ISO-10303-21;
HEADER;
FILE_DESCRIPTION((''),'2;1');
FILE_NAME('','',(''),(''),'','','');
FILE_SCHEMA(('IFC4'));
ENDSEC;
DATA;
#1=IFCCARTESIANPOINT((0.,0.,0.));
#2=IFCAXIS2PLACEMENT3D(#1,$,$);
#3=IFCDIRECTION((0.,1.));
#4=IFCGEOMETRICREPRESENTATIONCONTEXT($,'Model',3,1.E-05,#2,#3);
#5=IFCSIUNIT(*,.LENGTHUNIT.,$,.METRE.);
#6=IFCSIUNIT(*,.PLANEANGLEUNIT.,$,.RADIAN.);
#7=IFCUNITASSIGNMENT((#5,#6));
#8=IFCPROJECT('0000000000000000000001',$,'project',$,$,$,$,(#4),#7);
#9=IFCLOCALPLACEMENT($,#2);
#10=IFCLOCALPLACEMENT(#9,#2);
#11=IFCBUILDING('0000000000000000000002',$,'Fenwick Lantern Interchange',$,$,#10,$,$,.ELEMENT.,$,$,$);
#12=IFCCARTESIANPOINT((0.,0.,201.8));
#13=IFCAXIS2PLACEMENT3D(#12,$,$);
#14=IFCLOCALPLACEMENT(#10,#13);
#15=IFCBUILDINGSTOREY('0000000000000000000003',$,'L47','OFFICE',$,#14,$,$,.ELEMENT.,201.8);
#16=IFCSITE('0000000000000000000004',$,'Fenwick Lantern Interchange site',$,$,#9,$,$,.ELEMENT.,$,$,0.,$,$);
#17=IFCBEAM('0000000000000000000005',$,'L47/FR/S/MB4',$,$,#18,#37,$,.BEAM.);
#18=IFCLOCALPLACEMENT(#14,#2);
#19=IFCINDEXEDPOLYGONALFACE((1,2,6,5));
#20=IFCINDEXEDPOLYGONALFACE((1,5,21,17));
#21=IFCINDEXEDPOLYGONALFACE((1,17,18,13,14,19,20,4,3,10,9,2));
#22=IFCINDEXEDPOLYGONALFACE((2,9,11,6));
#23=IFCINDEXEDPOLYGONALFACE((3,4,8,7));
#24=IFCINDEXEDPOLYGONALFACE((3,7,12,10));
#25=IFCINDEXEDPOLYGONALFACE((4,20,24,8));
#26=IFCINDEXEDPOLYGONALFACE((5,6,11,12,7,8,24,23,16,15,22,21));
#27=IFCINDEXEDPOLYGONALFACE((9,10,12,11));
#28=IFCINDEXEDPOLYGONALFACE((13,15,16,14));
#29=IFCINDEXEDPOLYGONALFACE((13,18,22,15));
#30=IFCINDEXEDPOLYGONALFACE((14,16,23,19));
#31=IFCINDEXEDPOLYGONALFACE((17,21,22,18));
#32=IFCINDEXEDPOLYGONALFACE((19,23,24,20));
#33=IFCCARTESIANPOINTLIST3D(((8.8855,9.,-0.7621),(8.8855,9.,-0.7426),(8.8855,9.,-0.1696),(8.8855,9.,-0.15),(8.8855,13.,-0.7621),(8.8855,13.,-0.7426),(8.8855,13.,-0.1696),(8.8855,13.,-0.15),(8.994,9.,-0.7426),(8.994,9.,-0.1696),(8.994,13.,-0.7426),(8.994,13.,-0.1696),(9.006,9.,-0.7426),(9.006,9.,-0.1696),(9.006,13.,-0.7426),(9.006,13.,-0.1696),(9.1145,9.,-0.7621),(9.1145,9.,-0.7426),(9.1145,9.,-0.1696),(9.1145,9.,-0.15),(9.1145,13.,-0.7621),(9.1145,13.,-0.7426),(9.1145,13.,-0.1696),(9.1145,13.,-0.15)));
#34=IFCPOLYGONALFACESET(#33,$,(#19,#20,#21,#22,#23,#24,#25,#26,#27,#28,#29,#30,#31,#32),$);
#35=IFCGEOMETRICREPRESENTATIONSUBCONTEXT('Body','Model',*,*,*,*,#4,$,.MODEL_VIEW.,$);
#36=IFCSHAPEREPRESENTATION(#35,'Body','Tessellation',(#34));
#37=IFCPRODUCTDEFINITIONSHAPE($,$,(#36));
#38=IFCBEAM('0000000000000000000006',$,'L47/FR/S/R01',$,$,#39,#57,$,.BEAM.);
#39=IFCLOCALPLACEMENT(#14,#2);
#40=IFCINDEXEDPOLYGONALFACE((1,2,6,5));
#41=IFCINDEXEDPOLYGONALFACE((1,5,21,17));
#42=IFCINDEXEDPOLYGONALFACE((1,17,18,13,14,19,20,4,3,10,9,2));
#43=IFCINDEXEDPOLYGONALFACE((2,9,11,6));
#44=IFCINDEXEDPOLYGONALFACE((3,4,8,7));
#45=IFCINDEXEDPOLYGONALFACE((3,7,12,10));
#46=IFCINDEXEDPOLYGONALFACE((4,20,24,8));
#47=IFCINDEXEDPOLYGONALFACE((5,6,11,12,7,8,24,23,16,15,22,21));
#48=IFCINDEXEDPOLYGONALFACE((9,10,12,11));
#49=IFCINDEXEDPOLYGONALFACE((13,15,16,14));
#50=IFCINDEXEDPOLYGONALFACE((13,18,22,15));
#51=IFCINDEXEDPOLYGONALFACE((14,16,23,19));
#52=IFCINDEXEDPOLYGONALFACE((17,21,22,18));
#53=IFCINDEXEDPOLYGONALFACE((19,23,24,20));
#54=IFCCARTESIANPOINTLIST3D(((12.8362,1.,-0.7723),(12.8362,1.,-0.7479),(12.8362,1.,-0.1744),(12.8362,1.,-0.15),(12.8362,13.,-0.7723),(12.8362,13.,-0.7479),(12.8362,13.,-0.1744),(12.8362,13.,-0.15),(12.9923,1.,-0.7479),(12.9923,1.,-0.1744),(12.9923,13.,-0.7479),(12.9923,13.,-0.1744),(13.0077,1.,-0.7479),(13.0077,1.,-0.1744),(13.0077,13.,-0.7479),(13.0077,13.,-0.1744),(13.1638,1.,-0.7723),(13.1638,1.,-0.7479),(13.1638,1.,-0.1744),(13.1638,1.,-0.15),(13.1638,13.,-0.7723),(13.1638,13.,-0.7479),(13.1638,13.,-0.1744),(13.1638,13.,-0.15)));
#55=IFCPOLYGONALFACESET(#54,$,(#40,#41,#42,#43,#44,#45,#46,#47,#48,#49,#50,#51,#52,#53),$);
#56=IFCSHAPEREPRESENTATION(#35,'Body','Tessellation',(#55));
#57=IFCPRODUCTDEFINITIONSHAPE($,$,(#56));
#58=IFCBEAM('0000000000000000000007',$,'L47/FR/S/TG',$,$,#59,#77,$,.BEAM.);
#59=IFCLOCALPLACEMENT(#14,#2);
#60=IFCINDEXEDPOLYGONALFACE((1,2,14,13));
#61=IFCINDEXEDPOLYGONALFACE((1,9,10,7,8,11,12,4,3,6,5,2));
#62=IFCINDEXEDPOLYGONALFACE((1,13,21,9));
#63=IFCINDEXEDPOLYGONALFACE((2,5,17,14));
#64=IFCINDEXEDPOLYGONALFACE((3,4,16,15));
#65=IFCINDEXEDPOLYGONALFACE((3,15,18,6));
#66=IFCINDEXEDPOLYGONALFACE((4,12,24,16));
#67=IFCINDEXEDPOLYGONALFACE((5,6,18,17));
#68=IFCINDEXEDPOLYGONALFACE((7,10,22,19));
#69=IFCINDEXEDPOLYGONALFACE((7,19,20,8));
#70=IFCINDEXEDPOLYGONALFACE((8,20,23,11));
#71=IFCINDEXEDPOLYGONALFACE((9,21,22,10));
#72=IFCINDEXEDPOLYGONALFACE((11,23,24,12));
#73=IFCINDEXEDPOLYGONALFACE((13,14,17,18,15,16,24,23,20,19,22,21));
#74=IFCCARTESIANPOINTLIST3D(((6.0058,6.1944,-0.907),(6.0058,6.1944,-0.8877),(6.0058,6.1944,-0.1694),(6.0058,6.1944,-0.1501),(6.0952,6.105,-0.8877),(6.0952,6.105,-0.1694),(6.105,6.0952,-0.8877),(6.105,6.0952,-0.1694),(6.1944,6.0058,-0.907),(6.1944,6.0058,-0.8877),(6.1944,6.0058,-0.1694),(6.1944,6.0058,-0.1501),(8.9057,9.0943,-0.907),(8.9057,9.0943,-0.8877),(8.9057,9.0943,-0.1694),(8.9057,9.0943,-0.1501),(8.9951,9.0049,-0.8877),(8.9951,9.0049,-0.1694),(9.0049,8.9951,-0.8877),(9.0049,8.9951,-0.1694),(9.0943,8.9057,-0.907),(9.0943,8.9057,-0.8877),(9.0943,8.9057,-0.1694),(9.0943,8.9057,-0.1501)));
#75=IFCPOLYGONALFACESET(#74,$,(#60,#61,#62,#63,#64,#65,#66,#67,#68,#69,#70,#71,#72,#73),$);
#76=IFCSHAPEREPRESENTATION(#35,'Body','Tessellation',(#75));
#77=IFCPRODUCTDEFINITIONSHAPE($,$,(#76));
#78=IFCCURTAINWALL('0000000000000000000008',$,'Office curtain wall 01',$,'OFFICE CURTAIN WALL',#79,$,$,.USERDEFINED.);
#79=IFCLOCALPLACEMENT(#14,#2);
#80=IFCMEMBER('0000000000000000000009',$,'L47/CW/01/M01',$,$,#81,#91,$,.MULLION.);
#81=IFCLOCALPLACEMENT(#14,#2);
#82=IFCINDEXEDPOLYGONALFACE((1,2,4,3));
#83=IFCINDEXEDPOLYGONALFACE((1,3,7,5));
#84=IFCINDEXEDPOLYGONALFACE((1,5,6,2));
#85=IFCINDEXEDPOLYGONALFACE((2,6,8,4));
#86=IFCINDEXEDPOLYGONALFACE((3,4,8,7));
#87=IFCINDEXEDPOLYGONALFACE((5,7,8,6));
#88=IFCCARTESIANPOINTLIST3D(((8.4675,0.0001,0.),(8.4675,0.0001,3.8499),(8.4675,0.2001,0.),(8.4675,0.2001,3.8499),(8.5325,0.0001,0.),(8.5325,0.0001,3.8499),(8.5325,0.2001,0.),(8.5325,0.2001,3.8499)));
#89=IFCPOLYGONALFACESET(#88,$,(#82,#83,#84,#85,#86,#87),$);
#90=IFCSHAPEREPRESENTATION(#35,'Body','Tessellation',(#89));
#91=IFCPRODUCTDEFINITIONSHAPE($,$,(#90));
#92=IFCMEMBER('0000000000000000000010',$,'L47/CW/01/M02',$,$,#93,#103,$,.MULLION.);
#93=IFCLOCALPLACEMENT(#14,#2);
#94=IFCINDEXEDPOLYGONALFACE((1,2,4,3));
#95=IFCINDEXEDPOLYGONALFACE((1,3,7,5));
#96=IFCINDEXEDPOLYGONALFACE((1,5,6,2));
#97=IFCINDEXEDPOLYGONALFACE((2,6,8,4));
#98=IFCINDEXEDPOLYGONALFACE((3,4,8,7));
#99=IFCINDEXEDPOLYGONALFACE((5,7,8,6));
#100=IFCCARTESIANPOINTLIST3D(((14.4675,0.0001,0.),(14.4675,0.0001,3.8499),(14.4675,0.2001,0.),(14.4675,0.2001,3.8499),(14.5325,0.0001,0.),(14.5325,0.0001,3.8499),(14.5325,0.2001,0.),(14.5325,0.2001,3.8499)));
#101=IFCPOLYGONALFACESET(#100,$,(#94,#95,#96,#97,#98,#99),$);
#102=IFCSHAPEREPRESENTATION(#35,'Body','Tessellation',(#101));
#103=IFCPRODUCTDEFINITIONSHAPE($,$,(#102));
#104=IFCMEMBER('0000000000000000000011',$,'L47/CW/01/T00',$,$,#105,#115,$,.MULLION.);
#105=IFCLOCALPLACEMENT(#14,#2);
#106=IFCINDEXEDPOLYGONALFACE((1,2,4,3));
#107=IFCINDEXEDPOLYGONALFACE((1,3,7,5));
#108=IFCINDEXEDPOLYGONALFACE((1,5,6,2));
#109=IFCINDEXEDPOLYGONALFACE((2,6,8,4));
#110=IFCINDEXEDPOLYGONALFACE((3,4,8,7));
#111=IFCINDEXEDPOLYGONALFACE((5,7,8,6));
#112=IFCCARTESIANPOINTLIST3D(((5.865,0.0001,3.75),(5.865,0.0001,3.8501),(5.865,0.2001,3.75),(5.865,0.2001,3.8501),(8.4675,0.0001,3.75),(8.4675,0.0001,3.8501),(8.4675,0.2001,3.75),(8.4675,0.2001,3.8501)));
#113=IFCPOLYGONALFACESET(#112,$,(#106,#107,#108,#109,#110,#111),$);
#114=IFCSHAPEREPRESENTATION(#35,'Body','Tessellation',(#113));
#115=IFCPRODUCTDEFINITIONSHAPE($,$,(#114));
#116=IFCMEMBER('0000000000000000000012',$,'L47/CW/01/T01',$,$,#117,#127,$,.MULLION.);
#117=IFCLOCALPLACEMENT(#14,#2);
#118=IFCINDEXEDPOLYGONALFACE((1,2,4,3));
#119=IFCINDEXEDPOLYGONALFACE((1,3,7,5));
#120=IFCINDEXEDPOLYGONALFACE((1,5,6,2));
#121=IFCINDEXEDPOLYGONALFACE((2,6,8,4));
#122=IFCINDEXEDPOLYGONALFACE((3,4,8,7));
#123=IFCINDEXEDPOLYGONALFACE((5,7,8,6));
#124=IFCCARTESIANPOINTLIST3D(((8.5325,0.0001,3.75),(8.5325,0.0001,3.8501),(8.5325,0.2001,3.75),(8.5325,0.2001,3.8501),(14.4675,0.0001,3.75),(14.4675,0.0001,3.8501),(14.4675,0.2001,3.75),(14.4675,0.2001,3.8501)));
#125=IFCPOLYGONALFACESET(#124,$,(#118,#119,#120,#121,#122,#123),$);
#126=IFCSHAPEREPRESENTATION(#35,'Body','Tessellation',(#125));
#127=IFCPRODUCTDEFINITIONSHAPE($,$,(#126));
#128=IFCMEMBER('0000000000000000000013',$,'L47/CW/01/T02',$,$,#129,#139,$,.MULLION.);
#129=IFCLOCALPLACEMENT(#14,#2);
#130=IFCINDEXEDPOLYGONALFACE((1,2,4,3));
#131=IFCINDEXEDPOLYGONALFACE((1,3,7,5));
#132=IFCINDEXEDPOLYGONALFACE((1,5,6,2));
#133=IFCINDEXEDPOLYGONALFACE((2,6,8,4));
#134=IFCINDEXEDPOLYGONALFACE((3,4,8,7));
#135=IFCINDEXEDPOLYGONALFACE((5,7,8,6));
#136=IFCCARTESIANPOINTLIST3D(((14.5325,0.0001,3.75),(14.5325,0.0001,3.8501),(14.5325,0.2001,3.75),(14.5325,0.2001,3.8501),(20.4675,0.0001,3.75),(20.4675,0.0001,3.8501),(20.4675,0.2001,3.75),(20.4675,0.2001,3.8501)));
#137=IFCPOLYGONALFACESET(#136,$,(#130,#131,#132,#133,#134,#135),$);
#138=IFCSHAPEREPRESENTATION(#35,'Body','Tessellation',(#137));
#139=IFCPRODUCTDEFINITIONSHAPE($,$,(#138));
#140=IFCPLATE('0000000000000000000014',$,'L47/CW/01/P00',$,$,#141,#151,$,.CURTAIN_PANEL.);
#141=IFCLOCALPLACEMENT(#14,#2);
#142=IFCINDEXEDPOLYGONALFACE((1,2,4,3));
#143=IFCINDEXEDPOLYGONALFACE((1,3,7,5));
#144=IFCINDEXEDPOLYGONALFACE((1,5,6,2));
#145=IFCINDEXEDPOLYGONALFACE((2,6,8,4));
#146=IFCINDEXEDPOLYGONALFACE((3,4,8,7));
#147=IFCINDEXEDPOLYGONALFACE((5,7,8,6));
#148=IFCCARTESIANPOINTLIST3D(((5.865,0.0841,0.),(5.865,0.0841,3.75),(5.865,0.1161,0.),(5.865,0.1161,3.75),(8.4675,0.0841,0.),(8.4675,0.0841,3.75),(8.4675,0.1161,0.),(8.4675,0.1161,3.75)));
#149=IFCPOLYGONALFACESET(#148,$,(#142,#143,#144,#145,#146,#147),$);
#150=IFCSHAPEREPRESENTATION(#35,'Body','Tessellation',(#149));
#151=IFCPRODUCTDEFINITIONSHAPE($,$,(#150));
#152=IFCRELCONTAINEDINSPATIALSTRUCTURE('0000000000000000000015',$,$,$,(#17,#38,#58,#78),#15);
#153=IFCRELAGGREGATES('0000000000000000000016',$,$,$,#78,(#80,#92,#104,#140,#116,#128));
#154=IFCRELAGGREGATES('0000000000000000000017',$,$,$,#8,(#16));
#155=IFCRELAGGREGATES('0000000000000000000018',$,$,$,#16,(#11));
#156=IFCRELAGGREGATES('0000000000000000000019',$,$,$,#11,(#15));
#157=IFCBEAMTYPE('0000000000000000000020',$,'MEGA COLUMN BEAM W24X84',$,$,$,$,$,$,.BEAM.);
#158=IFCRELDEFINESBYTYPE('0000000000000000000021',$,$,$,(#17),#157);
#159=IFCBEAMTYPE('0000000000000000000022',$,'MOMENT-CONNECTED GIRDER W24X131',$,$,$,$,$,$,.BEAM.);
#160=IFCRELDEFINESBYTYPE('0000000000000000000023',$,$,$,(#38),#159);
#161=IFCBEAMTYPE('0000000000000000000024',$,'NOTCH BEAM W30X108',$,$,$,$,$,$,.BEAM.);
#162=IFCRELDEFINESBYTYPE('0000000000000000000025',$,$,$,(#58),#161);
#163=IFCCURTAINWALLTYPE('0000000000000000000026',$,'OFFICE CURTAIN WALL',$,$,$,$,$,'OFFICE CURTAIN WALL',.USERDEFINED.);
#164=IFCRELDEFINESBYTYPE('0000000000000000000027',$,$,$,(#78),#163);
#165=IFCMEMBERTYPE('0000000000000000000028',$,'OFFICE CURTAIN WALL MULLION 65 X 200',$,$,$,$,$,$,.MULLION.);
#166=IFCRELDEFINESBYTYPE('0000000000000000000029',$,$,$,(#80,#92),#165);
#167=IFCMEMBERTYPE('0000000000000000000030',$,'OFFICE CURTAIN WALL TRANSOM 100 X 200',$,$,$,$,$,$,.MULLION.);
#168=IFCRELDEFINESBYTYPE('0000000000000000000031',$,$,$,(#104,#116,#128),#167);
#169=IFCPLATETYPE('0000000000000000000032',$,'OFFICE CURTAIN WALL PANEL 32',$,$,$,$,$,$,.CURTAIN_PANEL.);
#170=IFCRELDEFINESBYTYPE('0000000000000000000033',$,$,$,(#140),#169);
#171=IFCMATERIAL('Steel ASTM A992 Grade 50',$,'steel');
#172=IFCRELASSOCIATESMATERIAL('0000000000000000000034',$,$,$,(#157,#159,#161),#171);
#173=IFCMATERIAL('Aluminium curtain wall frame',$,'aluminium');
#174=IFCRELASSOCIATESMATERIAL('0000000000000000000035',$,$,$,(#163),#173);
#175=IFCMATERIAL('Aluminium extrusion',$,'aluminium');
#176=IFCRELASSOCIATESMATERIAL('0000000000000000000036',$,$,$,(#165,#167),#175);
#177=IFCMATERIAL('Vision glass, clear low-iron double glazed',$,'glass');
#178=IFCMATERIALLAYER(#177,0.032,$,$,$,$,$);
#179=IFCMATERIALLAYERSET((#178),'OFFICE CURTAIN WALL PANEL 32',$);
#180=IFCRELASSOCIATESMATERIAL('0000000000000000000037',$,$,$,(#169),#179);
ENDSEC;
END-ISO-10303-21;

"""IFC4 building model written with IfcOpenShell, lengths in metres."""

from ifc_helpers import new_model, si_unit, direction, frame, origin, origin_2d, place, context, subcontext, project, spatial, rectangle, i_section, extrude, material, layer, layer_set, material_profile, profile_set, type_object, element, aggregate, save


model = new_model("IFC4")

# Units and contexts
model_context = context("Model", 3, precision=1e-05, world=origin(), true_north=direction((0.0, 1.0)))
body_context = subcontext(model_context, "Body", "Model", "MODEL_VIEW")
ifc_project = project(units=[si_unit("LENGTHUNIT", "METRE"), si_unit("PLANEANGLEUNIT", "RADIAN")], contexts=[model_context])

# Site, building, storey
site_placement = place(None, origin())
site = spatial("IfcSite", under=ifc_project, at=site_placement, Name="Fenwick Lantern Interchange site", CompositionType="ELEMENT", RefElevation=0.0)
building_placement = place(site_placement, origin())
building = spatial("IfcBuilding", under=site, at=building_placement, Name="Fenwick Lantern Interchange", CompositionType="ELEMENT")
storey_placement = place(building_placement, frame((0.0, 0.0, 201.8)))
storey = spatial("IfcBuildingStorey", under=building, at=storey_placement, Name="L47", Description="OFFICE", CompositionType="ELEMENT", Elevation=201.8)

# Shared definitions
ifc_material_1 = material(Name="Steel ASTM A992 Grade 50", Category="steel")

# Beams
ifc_material_profile_1 = material_profile(ifc_material_1, i_section(OverallWidth=0.229, OverallDepth=0.6121, WebThickness=0.012, FlangeThickness=0.0195, at=origin_2d()), Name="W24X84")
ifc_profile_set_1 = profile_set([ifc_material_profile_1], Name="Steel ASTM A992 Grade 50")
beam_type_1 = type_object("IfcBeamType", Name="MEGA COLUMN BEAM W24X84", PredefinedType="BEAM", material=ifc_profile_set_1)
for number, where, z_axis, x_axis, name in (
    (1, (9.0, 9.0, -0.4561), (0.0, 1.0, 0.0), (-1.0, 0.0, 0.0), "L47/FR/S/MB4"),
):
    element("IfcBeam", number, at=place(storey_placement, frame(where, z_axis=z_axis, x_axis=x_axis)), inside=storey, type_object=beam_type_1, Name=name, PredefinedType="BEAM", context=body_context, shape_type="SweptSolid", body=[
        extrude(i_section(OverallWidth=0.229, OverallDepth=0.6121, WebThickness=0.012, FlangeThickness=0.0195, at=origin_2d()), origin(), (0.0, 0.0, 1.0), 4.0),
    ])
ifc_material_profile_2 = material_profile(ifc_material_1, i_section(OverallWidth=0.3276, OverallDepth=0.6223, WebThickness=0.0154, FlangeThickness=0.0244, at=origin_2d()), Name="W24X131")
ifc_profile_set_2 = profile_set([ifc_material_profile_2], Name="Steel ASTM A992 Grade 50")
beam_type_2 = type_object("IfcBeamType", Name="MOMENT-CONNECTED GIRDER W24X131", PredefinedType="BEAM", material=ifc_profile_set_2)
beam_1_placement = place(storey_placement, frame((13.0, 1.0, -0.4612), z_axis=(0.0, 1.0, 0.0), x_axis=(-1.0, 0.0, 0.0)))
element("IfcBeam", 2, at=beam_1_placement, inside=storey, type_object=beam_type_2, Name="L47/FR/S/R01", PredefinedType="BEAM", context=body_context, shape_type="SweptSolid", body=[
    extrude(i_section(OverallWidth=0.3276, OverallDepth=0.6223, WebThickness=0.0154, FlangeThickness=0.0244, at=origin_2d()), origin(), (0.0, 0.0, 1.0), 12.0),
])
ifc_material_profile_3 = material_profile(ifc_material_1, i_section(OverallWidth=0.2666, OverallDepth=0.7568, WebThickness=0.0139, FlangeThickness=0.0193, at=origin_2d()), Name="W30X108")
ifc_profile_set_3 = profile_set([ifc_material_profile_3], Name="Steel ASTM A992 Grade 50")
beam_type_3 = type_object("IfcBeamType", Name="NOTCH BEAM W30X108", PredefinedType="BEAM", material=ifc_profile_set_3)
beam_2_placement = place(storey_placement, frame((9.0, 9.0, -0.5286), z_axis=(-0.707107, -0.707107, 0.0), x_axis=(0.707107, -0.707107, 0.0)))
element("IfcBeam", 3, at=beam_2_placement, inside=storey, type_object=beam_type_3, Name="L47/FR/S/TG", PredefinedType="BEAM", context=body_context, shape_type="SweptSolid", body=[
    extrude(i_section(OverallWidth=0.2666, OverallDepth=0.7568, WebThickness=0.0139, FlangeThickness=0.0193, at=origin_2d()), origin(), (0.0, 0.0, 1.0), 4.1011),
])

# Curtain wall, members, plate
ifc_material_2 = material(Name="Aluminium curtain wall frame", Category="aluminium")
curtain_wall_type = type_object("IfcCurtainWallType", Name="OFFICE CURTAIN WALL", ElementType="OFFICE CURTAIN WALL", PredefinedType="USERDEFINED", material=ifc_material_2)
curtain_wall_placement = place(storey_placement, origin())
curtain_wall = element("IfcCurtainWall", 4, at=curtain_wall_placement, inside=storey, type_object=curtain_wall_type, Name="Office curtain wall 01", ObjectType="OFFICE CURTAIN WALL", PredefinedType="USERDEFINED")
ifc_material_3 = material(Name="Aluminium extrusion", Category="aluminium")
ifc_material_profile_4 = material_profile(ifc_material_3, rectangle(XDim=0.2, YDim=0.0649, at=origin_2d()), Name="OFFICE CURTAIN WALL MULLION 65 X 200")
ifc_profile_set_4 = profile_set([ifc_material_profile_4], Name="Aluminium extrusion")
member_type_1 = type_object("IfcMemberType", Name="OFFICE CURTAIN WALL MULLION 65 X 200", PredefinedType="MULLION", material=ifc_profile_set_4)
member_1_placement = place(storey_placement, frame((8.5, 0.1001, 0.0), z_axis=(0.0, 0.0, 1.0), x_axis=(0.0, 1.0, 0.0)))
member_1 = element("IfcMember", 5, at=member_1_placement, type_object=member_type_1, Name="L47/CW/01/M01", PredefinedType="MULLION", context=body_context, shape_type="SweptSolid", body=[
    extrude(rectangle(XDim=0.2, YDim=0.0649, at=origin_2d()), origin(), (0.0, 0.0, 1.0), 3.8499),
])
member_2_placement = place(storey_placement, frame((14.5, 0.1001, 0.0), z_axis=(0.0, 0.0, 1.0), x_axis=(0.0, 1.0, 0.0)))
member_2 = element("IfcMember", 6, at=member_2_placement, type_object=member_type_1, Name="L47/CW/01/M02", PredefinedType="MULLION", context=body_context, shape_type="SweptSolid", body=[
    extrude(rectangle(XDim=0.2, YDim=0.0649, at=origin_2d()), origin(), (0.0, 0.0, 1.0), 3.8499),
])
ifc_material_profile_5 = material_profile(ifc_material_3, rectangle(XDim=0.2, YDim=0.1001, at=origin_2d()), Name="OFFICE CURTAIN WALL TRANSOM 100 X 200")
ifc_profile_set_5 = profile_set([ifc_material_profile_5], Name="Aluminium extrusion")
member_type_2 = type_object("IfcMemberType", Name="OFFICE CURTAIN WALL TRANSOM 100 X 200", PredefinedType="MULLION", material=ifc_profile_set_5)
member_3_placement = place(storey_placement, frame((5.865, 0.1001, 3.8), z_axis=(1.0, 0.0, 0.0), x_axis=(0.0, 1.0, 0.0)))
member_3 = element("IfcMember", 7, at=member_3_placement, type_object=member_type_2, Name="L47/CW/01/T00", PredefinedType="MULLION", context=body_context, shape_type="SweptSolid", body=[
    extrude(rectangle(XDim=0.2, YDim=0.1001, at=origin_2d()), origin(), (0.0, 0.0, 1.0), 2.6025),
])
member_4_placement = place(storey_placement, frame((8.5325, 0.1001, 3.8), z_axis=(1.0, 0.0, 0.0), x_axis=(0.0, 1.0, 0.0)))
member_4 = element("IfcMember", 8, at=member_4_placement, type_object=member_type_2, Name="L47/CW/01/T01", PredefinedType="MULLION", context=body_context, shape_type="SweptSolid", body=[
    extrude(rectangle(XDim=0.2, YDim=0.1001, at=origin_2d()), origin(), (0.0, 0.0, 1.0), 5.9351),
])
member_5_placement = place(storey_placement, frame((14.5325, 0.1001, 3.8), z_axis=(1.0, 0.0, 0.0), x_axis=(0.0, 1.0, 0.0)))
member_5 = element("IfcMember", 9, at=member_5_placement, type_object=member_type_2, Name="L47/CW/01/T02", PredefinedType="MULLION", context=body_context, shape_type="SweptSolid", body=[
    extrude(rectangle(XDim=0.2, YDim=0.1001, at=origin_2d()), origin(), (0.0, 0.0, 1.0), 5.9351),
])
ifc_material_4 = material(Name="Vision glass, clear low-iron double glazed", Category="glass")
ifc_layer_1 = layer(ifc_material_4, 0.032)
ifc_layer_set_1 = layer_set([ifc_layer_1], Name="OFFICE CURTAIN WALL PANEL 32")
plate_type = type_object("IfcPlateType", Name="OFFICE CURTAIN WALL PANEL 32", PredefinedType="CURTAIN_PANEL", material=ifc_layer_set_1)
plate_placement = place(storey_placement, frame((7.1663, 0.1001, 0.0), z_axis=(0.0, 0.0, 1.0), x_axis=(1.0, 0.0, 0.0)))
plate = element("IfcPlate", 10, at=plate_placement, type_object=plate_type, Name="L47/CW/01/P00", PredefinedType="CURTAIN_PANEL", context=body_context, shape_type="SweptSolid", body=[
    extrude(rectangle(XDim=2.6025, YDim=0.032, at=origin_2d()), origin(), (0.0, 0.0, 1.0), 3.75),
])
aggregate(curtain_wall, [member_1, member_2, member_3, plate, member_4, member_5])

save(model, "model.ifc")
